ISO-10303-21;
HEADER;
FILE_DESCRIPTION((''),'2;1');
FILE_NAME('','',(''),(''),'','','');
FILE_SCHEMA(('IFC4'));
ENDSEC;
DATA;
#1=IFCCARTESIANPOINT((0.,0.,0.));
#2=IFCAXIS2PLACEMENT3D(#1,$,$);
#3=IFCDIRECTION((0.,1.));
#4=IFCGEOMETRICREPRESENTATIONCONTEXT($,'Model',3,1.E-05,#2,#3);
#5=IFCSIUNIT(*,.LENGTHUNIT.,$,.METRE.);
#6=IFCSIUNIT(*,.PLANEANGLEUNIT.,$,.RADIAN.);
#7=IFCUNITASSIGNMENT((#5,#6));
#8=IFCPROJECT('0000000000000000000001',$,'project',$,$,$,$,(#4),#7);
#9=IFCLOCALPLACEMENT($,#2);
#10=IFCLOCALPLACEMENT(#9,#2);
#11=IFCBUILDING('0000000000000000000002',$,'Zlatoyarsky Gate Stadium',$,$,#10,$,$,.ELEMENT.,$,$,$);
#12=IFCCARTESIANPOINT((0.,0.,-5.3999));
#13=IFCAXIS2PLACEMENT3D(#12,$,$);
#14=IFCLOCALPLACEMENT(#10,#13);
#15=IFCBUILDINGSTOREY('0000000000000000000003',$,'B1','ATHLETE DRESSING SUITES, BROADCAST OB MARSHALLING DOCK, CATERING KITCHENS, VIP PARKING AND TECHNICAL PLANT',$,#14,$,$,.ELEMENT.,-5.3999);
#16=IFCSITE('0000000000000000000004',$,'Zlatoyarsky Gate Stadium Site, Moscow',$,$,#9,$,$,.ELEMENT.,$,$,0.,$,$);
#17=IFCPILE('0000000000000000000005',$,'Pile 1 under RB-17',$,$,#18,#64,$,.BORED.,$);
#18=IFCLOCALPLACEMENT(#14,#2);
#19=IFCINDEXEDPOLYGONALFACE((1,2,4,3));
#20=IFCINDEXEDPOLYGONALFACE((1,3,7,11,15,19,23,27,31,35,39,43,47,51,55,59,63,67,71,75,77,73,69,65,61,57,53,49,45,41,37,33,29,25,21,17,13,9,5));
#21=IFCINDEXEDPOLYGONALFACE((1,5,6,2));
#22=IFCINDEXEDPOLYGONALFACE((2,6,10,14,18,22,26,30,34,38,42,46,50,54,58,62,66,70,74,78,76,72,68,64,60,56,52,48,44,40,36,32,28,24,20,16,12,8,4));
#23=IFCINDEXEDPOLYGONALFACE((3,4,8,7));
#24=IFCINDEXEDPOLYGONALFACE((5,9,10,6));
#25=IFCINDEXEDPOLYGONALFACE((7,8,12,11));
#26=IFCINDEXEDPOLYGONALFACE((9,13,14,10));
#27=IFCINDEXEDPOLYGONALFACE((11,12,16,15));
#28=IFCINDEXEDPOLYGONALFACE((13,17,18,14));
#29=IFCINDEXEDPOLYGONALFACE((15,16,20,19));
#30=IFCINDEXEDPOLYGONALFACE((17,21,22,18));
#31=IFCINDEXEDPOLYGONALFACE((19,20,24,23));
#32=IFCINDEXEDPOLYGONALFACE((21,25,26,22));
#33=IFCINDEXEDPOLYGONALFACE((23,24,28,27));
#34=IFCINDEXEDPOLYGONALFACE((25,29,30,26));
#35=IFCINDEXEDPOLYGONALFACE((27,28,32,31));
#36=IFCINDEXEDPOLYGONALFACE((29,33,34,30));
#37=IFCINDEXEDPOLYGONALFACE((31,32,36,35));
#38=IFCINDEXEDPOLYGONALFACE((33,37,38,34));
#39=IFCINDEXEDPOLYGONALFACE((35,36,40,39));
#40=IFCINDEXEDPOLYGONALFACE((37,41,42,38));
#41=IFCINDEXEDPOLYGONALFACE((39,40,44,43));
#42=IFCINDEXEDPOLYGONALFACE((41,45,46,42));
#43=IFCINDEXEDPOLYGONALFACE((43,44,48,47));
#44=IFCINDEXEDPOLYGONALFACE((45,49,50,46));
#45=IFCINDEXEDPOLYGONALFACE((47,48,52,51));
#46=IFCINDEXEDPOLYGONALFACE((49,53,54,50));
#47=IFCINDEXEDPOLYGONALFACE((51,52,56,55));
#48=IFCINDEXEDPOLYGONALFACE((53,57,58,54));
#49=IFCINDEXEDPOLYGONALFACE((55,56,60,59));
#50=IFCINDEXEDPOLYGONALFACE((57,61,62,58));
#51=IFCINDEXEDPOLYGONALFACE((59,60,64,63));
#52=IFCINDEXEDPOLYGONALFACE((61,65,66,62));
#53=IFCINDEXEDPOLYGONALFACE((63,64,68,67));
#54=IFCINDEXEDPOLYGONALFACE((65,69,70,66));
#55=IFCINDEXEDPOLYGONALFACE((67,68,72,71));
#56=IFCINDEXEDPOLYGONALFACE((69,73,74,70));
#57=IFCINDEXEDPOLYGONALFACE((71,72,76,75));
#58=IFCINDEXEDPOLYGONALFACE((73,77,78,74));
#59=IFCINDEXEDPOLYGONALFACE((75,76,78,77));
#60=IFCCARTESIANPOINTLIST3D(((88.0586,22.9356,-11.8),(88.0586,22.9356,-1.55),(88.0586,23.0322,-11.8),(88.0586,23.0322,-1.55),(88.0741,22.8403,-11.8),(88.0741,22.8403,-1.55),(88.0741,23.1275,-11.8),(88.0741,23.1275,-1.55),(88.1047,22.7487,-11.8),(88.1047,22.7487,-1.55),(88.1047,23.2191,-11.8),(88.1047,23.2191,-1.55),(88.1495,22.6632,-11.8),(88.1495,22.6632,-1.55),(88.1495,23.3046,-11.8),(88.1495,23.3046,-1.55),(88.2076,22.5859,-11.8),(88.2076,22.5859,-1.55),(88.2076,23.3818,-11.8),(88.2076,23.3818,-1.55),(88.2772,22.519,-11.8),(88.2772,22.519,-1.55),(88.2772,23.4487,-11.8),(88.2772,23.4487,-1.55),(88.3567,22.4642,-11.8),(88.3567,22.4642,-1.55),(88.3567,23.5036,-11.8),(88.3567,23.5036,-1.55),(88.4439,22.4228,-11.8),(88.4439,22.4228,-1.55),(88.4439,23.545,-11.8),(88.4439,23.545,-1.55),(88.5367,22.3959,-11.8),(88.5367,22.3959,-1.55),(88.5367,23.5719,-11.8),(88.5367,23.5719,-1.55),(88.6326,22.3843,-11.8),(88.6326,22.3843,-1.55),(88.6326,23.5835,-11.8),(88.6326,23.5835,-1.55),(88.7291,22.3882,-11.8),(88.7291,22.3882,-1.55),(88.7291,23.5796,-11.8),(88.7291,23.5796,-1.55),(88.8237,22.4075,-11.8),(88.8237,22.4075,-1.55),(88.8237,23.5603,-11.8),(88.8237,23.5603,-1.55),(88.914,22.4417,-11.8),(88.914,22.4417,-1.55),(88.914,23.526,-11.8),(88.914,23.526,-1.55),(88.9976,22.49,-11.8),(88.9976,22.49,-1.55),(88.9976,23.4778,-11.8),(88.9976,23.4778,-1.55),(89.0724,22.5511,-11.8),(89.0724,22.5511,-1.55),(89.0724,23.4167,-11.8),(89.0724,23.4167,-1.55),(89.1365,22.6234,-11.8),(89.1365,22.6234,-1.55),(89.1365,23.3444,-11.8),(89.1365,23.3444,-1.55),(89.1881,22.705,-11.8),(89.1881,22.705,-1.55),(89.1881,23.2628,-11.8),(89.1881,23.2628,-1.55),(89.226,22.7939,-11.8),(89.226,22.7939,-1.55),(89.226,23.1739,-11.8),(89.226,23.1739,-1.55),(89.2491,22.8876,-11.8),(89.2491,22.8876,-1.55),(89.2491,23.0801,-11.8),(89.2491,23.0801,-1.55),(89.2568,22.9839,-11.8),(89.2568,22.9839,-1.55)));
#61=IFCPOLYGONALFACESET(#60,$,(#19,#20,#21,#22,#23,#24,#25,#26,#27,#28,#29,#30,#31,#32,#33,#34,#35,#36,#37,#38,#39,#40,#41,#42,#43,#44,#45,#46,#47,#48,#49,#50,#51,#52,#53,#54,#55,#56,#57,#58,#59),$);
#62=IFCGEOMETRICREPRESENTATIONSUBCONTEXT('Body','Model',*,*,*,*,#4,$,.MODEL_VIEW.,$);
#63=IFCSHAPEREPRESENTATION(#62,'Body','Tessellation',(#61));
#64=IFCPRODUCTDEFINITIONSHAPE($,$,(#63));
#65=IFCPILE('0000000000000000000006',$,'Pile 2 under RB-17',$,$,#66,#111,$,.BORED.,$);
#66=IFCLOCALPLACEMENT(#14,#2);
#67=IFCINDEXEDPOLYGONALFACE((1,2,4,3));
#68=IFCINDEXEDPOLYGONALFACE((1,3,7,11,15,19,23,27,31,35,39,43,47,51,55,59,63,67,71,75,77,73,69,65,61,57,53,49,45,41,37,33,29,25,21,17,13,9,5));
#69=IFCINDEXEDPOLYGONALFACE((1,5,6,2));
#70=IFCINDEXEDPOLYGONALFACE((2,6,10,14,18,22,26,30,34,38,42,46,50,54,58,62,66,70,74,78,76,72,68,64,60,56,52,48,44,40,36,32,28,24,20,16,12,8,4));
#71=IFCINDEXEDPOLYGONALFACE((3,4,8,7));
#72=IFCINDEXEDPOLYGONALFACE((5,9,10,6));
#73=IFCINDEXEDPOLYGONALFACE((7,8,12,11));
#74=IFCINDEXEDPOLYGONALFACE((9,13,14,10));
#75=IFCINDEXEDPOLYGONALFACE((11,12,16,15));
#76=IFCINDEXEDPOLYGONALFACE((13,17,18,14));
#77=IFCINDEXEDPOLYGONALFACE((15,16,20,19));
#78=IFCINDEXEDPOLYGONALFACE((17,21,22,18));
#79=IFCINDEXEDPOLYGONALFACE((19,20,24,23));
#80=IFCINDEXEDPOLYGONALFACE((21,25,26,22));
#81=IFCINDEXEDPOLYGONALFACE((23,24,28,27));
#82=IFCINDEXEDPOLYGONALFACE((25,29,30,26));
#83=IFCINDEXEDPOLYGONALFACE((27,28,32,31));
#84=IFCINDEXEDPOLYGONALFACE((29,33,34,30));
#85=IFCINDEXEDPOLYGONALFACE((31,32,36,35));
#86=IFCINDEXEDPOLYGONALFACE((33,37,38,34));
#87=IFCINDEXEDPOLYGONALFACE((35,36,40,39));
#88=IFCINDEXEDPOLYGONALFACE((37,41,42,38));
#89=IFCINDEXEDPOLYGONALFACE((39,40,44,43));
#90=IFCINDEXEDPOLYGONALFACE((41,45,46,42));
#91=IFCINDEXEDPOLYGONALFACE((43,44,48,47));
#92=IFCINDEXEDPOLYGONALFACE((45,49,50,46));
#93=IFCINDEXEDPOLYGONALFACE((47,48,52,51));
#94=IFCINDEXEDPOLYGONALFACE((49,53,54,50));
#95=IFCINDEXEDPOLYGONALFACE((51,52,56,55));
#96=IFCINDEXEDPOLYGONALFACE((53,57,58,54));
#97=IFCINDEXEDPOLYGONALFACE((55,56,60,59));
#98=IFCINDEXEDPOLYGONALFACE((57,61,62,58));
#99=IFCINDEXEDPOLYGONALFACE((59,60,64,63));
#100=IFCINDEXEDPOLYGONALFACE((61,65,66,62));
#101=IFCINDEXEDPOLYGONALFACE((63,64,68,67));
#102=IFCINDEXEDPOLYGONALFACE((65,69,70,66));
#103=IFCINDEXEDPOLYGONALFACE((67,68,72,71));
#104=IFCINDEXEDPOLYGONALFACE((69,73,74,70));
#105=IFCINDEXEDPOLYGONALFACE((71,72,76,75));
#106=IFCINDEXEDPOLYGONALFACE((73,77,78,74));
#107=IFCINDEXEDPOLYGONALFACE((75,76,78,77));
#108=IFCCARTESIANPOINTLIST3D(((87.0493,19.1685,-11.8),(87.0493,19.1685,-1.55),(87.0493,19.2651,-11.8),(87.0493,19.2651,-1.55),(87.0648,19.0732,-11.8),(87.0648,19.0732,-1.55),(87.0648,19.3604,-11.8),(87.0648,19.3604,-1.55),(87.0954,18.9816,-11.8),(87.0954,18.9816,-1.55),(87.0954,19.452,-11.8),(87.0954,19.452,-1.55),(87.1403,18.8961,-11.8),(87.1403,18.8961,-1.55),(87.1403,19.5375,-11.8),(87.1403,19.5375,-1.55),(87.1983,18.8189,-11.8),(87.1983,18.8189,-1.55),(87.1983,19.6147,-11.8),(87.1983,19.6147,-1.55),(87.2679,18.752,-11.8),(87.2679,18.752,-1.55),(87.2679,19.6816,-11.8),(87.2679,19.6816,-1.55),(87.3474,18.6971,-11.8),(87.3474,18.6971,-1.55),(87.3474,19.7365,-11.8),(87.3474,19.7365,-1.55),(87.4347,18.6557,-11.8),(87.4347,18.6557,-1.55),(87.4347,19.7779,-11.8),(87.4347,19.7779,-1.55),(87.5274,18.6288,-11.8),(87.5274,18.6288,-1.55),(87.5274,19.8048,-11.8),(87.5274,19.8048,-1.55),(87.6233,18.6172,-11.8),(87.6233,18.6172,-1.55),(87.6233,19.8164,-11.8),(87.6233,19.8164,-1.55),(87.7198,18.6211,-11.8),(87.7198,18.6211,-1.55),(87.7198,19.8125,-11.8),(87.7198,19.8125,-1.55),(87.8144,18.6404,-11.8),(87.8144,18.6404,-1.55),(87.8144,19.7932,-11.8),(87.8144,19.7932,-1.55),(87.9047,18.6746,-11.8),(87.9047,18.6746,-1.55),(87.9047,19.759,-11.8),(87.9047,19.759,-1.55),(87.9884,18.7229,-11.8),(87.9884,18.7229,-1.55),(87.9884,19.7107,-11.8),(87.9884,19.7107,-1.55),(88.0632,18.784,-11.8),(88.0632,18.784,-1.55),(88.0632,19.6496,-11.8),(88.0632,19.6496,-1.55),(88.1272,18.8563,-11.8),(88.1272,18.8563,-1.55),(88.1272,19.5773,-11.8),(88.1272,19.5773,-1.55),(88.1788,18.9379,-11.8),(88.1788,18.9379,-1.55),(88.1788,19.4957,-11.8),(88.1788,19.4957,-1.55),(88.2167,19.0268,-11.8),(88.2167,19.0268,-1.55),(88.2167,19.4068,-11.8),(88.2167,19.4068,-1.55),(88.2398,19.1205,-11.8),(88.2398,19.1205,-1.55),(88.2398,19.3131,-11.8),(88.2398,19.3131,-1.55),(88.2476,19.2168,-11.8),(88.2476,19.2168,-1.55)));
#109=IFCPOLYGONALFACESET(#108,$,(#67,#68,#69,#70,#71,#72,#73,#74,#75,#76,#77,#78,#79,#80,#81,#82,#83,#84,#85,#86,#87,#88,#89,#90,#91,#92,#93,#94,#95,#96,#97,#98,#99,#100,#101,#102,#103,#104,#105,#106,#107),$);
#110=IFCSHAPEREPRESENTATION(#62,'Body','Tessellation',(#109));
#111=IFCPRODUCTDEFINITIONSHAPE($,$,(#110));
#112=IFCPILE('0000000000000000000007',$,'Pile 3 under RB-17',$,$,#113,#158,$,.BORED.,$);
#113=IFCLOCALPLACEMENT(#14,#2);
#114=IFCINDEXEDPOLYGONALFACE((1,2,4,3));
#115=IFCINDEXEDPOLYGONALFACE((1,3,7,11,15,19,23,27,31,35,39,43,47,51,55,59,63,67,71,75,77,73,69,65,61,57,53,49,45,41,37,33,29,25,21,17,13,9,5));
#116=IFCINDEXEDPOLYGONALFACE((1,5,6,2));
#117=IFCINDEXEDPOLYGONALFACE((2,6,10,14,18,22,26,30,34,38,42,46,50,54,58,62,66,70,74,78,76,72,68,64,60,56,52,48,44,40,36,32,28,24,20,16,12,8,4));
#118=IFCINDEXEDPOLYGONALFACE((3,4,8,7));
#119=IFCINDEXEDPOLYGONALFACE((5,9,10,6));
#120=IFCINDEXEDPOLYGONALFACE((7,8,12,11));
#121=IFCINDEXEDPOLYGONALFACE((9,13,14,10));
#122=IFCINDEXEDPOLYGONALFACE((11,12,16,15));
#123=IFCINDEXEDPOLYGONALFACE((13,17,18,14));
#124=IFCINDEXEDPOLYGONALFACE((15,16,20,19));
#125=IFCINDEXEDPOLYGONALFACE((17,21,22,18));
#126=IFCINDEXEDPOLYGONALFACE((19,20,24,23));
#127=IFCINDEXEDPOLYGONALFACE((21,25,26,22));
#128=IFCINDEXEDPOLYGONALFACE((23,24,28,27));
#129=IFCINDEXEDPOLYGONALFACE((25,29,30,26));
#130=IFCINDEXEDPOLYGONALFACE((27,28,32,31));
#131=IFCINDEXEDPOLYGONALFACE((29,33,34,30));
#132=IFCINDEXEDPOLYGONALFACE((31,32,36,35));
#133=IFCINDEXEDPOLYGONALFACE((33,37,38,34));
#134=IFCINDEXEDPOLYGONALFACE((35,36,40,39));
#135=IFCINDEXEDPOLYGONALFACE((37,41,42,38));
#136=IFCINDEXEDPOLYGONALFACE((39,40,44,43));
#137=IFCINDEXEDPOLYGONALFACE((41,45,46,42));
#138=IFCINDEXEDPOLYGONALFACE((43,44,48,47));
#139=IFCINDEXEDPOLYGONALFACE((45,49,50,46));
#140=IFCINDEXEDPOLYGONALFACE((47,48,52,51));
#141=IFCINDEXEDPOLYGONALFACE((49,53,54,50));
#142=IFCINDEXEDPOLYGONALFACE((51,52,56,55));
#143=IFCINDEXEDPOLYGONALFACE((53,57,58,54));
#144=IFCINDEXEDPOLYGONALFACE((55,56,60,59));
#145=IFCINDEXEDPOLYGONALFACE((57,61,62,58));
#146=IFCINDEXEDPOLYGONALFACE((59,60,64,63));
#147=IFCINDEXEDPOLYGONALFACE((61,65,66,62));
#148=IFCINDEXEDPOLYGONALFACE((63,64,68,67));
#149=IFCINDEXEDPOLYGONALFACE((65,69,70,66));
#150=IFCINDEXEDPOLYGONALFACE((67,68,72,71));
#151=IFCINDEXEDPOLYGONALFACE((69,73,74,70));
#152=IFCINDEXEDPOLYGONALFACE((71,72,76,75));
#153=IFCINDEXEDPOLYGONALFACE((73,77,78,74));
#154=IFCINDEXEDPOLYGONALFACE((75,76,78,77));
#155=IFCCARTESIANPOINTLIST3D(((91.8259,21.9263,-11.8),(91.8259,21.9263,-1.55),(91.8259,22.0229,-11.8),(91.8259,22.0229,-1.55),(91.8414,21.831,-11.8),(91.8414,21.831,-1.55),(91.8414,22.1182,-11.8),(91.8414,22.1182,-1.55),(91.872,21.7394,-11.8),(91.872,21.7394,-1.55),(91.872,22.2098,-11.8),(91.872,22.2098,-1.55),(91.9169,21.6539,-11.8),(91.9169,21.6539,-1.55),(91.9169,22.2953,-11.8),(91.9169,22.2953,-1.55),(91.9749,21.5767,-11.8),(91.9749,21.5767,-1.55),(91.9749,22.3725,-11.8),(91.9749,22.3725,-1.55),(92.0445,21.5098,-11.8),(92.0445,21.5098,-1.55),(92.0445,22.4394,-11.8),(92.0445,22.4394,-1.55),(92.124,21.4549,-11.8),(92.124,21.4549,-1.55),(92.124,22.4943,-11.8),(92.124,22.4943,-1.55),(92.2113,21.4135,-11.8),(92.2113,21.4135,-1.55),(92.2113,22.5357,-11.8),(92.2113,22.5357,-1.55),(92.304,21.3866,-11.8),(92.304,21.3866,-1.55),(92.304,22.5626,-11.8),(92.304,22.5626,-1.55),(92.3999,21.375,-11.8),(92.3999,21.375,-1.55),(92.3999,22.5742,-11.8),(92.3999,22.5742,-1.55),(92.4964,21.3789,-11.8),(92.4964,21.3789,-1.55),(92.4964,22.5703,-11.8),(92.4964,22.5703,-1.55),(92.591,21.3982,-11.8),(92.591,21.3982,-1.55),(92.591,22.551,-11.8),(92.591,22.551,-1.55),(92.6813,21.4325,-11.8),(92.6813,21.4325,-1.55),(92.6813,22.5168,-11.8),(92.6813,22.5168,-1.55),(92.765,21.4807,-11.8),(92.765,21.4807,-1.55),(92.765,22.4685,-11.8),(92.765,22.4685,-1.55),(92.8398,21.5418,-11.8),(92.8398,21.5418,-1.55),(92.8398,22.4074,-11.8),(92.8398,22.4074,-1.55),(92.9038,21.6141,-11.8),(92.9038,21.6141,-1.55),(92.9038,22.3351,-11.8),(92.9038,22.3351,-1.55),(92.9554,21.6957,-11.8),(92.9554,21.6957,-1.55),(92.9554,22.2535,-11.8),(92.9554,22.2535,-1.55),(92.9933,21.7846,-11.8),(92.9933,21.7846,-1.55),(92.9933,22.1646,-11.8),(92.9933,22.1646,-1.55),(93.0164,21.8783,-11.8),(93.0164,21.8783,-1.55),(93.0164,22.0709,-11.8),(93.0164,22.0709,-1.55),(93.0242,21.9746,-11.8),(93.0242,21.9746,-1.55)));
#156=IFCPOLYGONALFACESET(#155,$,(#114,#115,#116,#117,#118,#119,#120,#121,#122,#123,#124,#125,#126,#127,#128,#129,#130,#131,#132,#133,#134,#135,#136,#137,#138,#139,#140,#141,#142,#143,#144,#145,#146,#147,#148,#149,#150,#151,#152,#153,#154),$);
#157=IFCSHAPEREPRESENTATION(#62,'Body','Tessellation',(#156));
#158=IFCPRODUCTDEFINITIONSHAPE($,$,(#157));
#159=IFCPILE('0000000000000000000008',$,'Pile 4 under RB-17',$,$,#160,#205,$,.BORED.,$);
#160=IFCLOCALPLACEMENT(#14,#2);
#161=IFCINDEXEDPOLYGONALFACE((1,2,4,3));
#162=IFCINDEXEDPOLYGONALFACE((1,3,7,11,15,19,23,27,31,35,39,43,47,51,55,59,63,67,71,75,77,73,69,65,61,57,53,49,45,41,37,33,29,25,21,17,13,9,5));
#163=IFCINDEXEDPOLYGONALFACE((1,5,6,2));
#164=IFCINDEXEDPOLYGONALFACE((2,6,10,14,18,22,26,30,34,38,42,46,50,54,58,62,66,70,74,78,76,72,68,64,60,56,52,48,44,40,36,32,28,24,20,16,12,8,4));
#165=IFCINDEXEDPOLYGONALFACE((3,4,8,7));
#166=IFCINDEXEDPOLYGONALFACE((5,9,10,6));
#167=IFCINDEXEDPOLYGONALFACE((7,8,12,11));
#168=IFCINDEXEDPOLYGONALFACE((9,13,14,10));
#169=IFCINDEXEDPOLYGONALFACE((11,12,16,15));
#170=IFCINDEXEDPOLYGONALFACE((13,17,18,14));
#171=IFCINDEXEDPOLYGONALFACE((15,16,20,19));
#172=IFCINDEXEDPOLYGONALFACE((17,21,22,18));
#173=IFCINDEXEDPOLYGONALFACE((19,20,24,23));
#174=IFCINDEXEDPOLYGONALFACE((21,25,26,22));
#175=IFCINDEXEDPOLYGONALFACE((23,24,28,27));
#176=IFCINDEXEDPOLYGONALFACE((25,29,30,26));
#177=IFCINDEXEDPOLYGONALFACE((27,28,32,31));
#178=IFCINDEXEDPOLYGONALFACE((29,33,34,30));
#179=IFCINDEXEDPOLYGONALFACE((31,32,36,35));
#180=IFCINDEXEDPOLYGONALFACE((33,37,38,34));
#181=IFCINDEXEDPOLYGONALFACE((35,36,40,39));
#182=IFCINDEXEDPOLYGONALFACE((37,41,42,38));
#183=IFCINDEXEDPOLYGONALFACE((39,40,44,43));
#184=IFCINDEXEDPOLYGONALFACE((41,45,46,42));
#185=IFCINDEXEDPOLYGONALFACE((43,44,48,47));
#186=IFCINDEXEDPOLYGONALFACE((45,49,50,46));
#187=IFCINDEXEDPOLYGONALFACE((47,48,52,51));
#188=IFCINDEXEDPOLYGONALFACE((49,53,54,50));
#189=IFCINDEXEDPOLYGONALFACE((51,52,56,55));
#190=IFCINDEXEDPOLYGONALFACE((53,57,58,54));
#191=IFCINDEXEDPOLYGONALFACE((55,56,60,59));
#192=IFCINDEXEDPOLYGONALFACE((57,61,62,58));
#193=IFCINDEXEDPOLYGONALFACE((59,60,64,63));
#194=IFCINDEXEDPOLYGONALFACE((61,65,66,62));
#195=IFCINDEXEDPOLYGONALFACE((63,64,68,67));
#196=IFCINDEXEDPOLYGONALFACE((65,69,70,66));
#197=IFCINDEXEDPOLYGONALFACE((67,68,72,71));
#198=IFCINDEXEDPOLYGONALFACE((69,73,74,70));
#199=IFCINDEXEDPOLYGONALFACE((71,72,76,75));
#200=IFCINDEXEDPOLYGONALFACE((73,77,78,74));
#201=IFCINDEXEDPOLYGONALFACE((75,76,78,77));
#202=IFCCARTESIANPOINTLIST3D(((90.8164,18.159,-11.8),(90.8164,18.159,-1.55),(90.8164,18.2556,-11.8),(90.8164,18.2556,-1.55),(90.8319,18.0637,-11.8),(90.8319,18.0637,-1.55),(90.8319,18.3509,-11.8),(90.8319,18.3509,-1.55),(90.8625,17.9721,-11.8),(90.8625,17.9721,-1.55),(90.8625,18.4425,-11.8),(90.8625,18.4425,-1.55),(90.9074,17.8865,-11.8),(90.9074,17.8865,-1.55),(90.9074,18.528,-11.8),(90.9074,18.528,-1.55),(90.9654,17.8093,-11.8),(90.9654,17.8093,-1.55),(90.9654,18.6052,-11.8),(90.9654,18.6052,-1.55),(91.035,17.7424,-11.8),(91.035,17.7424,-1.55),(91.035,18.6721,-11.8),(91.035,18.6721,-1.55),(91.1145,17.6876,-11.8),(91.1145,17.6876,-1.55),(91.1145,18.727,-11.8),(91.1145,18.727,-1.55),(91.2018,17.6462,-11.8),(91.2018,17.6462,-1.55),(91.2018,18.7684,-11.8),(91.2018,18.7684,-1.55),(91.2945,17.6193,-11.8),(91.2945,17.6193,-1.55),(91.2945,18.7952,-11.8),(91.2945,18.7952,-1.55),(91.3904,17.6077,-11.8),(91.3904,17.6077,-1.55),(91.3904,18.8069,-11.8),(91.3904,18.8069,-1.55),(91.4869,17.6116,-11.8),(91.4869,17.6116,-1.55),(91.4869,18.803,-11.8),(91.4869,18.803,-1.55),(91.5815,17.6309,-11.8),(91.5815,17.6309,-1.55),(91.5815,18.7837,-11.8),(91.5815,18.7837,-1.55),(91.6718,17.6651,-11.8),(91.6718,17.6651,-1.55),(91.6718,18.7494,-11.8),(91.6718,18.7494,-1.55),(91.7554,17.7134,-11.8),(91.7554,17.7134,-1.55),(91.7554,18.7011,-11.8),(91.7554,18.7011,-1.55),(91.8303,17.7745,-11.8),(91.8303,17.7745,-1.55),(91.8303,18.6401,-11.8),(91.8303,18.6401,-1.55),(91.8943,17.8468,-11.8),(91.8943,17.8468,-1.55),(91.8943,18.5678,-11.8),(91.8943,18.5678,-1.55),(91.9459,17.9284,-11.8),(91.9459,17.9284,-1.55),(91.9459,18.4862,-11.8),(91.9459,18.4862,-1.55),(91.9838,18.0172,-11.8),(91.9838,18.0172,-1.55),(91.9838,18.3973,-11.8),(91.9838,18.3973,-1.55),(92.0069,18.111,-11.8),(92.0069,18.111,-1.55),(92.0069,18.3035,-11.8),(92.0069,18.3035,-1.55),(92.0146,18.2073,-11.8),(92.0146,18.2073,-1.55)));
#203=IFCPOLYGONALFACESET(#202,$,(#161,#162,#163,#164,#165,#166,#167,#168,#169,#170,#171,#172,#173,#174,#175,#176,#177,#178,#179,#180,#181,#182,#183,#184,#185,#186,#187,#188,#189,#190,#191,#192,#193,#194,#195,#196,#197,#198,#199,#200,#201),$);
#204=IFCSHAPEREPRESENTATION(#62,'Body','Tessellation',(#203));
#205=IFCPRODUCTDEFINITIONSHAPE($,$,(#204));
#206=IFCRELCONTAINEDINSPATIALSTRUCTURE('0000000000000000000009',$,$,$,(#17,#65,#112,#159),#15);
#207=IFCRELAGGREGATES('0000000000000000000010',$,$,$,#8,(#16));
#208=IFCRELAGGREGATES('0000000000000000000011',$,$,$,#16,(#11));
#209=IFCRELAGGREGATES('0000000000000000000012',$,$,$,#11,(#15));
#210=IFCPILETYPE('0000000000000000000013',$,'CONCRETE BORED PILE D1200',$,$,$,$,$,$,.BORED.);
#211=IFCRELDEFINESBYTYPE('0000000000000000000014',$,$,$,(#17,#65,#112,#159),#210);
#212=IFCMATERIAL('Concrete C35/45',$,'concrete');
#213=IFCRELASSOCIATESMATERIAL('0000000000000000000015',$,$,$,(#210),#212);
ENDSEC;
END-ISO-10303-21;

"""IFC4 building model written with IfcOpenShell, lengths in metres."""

from ifc_helpers import new_model, si_unit, direction, frame, origin, origin_2d, place, context, subcontext, project, spatial, circle, extrude, material, material_profile, profile_set, type_object, element, save


model = new_model("IFC4")

# Units and contexts
model_context = context("Model", 3, precision=1e-05, world=origin(), true_north=direction((0.0, 1.0)))
body_context = subcontext(model_context, "Body", "Model", "MODEL_VIEW")
ifc_project = project(units=[si_unit("LENGTHUNIT", "METRE"), si_unit("PLANEANGLEUNIT", "RADIAN")], contexts=[model_context])

# Site, building, storey
site_placement = place(None, origin())
site = spatial("IfcSite", under=ifc_project, at=site_placement, Name="Zlatoyarsky Gate Stadium Site, Moscow", CompositionType="ELEMENT", RefElevation=0.0)
building_placement = place(site_placement, origin())
building = spatial("IfcBuilding", under=site, at=building_placement, Name="Zlatoyarsky Gate Stadium", CompositionType="ELEMENT")
storey_placement = place(building_placement, frame((0.0, 0.0, -5.3999)))
storey = spatial("IfcBuildingStorey", under=building, at=storey_placement, Name="B1", Description="ATHLETE DRESSING SUITES, BROADCAST OB MARSHALLING DOCK, CATERING KITCHENS, VIP PARKING AND TECHNICAL PLANT", CompositionType="ELEMENT", Elevation=-5.3999)

# Piles
ifc_material_1 = material(Name="Concrete C35/45", Category="concrete")
ifc_material_profile_1 = material_profile(ifc_material_1, circle(Radius=0.6001, at=origin_2d()), Name="BORED PILE D1200")
ifc_profile_set_1 = profile_set([ifc_material_profile_1], Name="Concrete C35/45")
pile_type_1 = type_object("IfcPileType", Name="CONCRETE BORED PILE D1200", PredefinedType="BORED", material=ifc_profile_set_1)
for number, where, z_axis, x_axis, name in (
    (1, (88.6567, 22.9839, -1.55), (0.0, 0.0, -1.0), (1.0, 0.0, 0.0), "Pile 1 under RB-17"),
    (2, (87.6475, 19.2168, -1.55), (0.0, 0.0, -1.0), (1.0, 0.0, 0.0), "Pile 2 under RB-17"),
    (3, (92.4241, 21.9746, -1.55), (0.0, 0.0, -1.0), (1.0, 0.0, 0.0), "Pile 3 under RB-17"),
    (4, (91.4146, 18.2073, -1.55), (0.0, 0.0, -1.0), (1.0, 0.0, 0.0), "Pile 4 under RB-17"),
):
    element("IfcPile", number, at=place(storey_placement, frame(where, z_axis=z_axis, x_axis=x_axis)), inside=storey, type_object=pile_type_1, Name=name, PredefinedType="BORED", context=body_context, shape_type="SweptSolid", body=[
        extrude(circle(Radius=0.6001, at=origin_2d()), origin(), (0.0, 0.0, 1.0), 10.25),
    ])

save(model, "model.ifc")
